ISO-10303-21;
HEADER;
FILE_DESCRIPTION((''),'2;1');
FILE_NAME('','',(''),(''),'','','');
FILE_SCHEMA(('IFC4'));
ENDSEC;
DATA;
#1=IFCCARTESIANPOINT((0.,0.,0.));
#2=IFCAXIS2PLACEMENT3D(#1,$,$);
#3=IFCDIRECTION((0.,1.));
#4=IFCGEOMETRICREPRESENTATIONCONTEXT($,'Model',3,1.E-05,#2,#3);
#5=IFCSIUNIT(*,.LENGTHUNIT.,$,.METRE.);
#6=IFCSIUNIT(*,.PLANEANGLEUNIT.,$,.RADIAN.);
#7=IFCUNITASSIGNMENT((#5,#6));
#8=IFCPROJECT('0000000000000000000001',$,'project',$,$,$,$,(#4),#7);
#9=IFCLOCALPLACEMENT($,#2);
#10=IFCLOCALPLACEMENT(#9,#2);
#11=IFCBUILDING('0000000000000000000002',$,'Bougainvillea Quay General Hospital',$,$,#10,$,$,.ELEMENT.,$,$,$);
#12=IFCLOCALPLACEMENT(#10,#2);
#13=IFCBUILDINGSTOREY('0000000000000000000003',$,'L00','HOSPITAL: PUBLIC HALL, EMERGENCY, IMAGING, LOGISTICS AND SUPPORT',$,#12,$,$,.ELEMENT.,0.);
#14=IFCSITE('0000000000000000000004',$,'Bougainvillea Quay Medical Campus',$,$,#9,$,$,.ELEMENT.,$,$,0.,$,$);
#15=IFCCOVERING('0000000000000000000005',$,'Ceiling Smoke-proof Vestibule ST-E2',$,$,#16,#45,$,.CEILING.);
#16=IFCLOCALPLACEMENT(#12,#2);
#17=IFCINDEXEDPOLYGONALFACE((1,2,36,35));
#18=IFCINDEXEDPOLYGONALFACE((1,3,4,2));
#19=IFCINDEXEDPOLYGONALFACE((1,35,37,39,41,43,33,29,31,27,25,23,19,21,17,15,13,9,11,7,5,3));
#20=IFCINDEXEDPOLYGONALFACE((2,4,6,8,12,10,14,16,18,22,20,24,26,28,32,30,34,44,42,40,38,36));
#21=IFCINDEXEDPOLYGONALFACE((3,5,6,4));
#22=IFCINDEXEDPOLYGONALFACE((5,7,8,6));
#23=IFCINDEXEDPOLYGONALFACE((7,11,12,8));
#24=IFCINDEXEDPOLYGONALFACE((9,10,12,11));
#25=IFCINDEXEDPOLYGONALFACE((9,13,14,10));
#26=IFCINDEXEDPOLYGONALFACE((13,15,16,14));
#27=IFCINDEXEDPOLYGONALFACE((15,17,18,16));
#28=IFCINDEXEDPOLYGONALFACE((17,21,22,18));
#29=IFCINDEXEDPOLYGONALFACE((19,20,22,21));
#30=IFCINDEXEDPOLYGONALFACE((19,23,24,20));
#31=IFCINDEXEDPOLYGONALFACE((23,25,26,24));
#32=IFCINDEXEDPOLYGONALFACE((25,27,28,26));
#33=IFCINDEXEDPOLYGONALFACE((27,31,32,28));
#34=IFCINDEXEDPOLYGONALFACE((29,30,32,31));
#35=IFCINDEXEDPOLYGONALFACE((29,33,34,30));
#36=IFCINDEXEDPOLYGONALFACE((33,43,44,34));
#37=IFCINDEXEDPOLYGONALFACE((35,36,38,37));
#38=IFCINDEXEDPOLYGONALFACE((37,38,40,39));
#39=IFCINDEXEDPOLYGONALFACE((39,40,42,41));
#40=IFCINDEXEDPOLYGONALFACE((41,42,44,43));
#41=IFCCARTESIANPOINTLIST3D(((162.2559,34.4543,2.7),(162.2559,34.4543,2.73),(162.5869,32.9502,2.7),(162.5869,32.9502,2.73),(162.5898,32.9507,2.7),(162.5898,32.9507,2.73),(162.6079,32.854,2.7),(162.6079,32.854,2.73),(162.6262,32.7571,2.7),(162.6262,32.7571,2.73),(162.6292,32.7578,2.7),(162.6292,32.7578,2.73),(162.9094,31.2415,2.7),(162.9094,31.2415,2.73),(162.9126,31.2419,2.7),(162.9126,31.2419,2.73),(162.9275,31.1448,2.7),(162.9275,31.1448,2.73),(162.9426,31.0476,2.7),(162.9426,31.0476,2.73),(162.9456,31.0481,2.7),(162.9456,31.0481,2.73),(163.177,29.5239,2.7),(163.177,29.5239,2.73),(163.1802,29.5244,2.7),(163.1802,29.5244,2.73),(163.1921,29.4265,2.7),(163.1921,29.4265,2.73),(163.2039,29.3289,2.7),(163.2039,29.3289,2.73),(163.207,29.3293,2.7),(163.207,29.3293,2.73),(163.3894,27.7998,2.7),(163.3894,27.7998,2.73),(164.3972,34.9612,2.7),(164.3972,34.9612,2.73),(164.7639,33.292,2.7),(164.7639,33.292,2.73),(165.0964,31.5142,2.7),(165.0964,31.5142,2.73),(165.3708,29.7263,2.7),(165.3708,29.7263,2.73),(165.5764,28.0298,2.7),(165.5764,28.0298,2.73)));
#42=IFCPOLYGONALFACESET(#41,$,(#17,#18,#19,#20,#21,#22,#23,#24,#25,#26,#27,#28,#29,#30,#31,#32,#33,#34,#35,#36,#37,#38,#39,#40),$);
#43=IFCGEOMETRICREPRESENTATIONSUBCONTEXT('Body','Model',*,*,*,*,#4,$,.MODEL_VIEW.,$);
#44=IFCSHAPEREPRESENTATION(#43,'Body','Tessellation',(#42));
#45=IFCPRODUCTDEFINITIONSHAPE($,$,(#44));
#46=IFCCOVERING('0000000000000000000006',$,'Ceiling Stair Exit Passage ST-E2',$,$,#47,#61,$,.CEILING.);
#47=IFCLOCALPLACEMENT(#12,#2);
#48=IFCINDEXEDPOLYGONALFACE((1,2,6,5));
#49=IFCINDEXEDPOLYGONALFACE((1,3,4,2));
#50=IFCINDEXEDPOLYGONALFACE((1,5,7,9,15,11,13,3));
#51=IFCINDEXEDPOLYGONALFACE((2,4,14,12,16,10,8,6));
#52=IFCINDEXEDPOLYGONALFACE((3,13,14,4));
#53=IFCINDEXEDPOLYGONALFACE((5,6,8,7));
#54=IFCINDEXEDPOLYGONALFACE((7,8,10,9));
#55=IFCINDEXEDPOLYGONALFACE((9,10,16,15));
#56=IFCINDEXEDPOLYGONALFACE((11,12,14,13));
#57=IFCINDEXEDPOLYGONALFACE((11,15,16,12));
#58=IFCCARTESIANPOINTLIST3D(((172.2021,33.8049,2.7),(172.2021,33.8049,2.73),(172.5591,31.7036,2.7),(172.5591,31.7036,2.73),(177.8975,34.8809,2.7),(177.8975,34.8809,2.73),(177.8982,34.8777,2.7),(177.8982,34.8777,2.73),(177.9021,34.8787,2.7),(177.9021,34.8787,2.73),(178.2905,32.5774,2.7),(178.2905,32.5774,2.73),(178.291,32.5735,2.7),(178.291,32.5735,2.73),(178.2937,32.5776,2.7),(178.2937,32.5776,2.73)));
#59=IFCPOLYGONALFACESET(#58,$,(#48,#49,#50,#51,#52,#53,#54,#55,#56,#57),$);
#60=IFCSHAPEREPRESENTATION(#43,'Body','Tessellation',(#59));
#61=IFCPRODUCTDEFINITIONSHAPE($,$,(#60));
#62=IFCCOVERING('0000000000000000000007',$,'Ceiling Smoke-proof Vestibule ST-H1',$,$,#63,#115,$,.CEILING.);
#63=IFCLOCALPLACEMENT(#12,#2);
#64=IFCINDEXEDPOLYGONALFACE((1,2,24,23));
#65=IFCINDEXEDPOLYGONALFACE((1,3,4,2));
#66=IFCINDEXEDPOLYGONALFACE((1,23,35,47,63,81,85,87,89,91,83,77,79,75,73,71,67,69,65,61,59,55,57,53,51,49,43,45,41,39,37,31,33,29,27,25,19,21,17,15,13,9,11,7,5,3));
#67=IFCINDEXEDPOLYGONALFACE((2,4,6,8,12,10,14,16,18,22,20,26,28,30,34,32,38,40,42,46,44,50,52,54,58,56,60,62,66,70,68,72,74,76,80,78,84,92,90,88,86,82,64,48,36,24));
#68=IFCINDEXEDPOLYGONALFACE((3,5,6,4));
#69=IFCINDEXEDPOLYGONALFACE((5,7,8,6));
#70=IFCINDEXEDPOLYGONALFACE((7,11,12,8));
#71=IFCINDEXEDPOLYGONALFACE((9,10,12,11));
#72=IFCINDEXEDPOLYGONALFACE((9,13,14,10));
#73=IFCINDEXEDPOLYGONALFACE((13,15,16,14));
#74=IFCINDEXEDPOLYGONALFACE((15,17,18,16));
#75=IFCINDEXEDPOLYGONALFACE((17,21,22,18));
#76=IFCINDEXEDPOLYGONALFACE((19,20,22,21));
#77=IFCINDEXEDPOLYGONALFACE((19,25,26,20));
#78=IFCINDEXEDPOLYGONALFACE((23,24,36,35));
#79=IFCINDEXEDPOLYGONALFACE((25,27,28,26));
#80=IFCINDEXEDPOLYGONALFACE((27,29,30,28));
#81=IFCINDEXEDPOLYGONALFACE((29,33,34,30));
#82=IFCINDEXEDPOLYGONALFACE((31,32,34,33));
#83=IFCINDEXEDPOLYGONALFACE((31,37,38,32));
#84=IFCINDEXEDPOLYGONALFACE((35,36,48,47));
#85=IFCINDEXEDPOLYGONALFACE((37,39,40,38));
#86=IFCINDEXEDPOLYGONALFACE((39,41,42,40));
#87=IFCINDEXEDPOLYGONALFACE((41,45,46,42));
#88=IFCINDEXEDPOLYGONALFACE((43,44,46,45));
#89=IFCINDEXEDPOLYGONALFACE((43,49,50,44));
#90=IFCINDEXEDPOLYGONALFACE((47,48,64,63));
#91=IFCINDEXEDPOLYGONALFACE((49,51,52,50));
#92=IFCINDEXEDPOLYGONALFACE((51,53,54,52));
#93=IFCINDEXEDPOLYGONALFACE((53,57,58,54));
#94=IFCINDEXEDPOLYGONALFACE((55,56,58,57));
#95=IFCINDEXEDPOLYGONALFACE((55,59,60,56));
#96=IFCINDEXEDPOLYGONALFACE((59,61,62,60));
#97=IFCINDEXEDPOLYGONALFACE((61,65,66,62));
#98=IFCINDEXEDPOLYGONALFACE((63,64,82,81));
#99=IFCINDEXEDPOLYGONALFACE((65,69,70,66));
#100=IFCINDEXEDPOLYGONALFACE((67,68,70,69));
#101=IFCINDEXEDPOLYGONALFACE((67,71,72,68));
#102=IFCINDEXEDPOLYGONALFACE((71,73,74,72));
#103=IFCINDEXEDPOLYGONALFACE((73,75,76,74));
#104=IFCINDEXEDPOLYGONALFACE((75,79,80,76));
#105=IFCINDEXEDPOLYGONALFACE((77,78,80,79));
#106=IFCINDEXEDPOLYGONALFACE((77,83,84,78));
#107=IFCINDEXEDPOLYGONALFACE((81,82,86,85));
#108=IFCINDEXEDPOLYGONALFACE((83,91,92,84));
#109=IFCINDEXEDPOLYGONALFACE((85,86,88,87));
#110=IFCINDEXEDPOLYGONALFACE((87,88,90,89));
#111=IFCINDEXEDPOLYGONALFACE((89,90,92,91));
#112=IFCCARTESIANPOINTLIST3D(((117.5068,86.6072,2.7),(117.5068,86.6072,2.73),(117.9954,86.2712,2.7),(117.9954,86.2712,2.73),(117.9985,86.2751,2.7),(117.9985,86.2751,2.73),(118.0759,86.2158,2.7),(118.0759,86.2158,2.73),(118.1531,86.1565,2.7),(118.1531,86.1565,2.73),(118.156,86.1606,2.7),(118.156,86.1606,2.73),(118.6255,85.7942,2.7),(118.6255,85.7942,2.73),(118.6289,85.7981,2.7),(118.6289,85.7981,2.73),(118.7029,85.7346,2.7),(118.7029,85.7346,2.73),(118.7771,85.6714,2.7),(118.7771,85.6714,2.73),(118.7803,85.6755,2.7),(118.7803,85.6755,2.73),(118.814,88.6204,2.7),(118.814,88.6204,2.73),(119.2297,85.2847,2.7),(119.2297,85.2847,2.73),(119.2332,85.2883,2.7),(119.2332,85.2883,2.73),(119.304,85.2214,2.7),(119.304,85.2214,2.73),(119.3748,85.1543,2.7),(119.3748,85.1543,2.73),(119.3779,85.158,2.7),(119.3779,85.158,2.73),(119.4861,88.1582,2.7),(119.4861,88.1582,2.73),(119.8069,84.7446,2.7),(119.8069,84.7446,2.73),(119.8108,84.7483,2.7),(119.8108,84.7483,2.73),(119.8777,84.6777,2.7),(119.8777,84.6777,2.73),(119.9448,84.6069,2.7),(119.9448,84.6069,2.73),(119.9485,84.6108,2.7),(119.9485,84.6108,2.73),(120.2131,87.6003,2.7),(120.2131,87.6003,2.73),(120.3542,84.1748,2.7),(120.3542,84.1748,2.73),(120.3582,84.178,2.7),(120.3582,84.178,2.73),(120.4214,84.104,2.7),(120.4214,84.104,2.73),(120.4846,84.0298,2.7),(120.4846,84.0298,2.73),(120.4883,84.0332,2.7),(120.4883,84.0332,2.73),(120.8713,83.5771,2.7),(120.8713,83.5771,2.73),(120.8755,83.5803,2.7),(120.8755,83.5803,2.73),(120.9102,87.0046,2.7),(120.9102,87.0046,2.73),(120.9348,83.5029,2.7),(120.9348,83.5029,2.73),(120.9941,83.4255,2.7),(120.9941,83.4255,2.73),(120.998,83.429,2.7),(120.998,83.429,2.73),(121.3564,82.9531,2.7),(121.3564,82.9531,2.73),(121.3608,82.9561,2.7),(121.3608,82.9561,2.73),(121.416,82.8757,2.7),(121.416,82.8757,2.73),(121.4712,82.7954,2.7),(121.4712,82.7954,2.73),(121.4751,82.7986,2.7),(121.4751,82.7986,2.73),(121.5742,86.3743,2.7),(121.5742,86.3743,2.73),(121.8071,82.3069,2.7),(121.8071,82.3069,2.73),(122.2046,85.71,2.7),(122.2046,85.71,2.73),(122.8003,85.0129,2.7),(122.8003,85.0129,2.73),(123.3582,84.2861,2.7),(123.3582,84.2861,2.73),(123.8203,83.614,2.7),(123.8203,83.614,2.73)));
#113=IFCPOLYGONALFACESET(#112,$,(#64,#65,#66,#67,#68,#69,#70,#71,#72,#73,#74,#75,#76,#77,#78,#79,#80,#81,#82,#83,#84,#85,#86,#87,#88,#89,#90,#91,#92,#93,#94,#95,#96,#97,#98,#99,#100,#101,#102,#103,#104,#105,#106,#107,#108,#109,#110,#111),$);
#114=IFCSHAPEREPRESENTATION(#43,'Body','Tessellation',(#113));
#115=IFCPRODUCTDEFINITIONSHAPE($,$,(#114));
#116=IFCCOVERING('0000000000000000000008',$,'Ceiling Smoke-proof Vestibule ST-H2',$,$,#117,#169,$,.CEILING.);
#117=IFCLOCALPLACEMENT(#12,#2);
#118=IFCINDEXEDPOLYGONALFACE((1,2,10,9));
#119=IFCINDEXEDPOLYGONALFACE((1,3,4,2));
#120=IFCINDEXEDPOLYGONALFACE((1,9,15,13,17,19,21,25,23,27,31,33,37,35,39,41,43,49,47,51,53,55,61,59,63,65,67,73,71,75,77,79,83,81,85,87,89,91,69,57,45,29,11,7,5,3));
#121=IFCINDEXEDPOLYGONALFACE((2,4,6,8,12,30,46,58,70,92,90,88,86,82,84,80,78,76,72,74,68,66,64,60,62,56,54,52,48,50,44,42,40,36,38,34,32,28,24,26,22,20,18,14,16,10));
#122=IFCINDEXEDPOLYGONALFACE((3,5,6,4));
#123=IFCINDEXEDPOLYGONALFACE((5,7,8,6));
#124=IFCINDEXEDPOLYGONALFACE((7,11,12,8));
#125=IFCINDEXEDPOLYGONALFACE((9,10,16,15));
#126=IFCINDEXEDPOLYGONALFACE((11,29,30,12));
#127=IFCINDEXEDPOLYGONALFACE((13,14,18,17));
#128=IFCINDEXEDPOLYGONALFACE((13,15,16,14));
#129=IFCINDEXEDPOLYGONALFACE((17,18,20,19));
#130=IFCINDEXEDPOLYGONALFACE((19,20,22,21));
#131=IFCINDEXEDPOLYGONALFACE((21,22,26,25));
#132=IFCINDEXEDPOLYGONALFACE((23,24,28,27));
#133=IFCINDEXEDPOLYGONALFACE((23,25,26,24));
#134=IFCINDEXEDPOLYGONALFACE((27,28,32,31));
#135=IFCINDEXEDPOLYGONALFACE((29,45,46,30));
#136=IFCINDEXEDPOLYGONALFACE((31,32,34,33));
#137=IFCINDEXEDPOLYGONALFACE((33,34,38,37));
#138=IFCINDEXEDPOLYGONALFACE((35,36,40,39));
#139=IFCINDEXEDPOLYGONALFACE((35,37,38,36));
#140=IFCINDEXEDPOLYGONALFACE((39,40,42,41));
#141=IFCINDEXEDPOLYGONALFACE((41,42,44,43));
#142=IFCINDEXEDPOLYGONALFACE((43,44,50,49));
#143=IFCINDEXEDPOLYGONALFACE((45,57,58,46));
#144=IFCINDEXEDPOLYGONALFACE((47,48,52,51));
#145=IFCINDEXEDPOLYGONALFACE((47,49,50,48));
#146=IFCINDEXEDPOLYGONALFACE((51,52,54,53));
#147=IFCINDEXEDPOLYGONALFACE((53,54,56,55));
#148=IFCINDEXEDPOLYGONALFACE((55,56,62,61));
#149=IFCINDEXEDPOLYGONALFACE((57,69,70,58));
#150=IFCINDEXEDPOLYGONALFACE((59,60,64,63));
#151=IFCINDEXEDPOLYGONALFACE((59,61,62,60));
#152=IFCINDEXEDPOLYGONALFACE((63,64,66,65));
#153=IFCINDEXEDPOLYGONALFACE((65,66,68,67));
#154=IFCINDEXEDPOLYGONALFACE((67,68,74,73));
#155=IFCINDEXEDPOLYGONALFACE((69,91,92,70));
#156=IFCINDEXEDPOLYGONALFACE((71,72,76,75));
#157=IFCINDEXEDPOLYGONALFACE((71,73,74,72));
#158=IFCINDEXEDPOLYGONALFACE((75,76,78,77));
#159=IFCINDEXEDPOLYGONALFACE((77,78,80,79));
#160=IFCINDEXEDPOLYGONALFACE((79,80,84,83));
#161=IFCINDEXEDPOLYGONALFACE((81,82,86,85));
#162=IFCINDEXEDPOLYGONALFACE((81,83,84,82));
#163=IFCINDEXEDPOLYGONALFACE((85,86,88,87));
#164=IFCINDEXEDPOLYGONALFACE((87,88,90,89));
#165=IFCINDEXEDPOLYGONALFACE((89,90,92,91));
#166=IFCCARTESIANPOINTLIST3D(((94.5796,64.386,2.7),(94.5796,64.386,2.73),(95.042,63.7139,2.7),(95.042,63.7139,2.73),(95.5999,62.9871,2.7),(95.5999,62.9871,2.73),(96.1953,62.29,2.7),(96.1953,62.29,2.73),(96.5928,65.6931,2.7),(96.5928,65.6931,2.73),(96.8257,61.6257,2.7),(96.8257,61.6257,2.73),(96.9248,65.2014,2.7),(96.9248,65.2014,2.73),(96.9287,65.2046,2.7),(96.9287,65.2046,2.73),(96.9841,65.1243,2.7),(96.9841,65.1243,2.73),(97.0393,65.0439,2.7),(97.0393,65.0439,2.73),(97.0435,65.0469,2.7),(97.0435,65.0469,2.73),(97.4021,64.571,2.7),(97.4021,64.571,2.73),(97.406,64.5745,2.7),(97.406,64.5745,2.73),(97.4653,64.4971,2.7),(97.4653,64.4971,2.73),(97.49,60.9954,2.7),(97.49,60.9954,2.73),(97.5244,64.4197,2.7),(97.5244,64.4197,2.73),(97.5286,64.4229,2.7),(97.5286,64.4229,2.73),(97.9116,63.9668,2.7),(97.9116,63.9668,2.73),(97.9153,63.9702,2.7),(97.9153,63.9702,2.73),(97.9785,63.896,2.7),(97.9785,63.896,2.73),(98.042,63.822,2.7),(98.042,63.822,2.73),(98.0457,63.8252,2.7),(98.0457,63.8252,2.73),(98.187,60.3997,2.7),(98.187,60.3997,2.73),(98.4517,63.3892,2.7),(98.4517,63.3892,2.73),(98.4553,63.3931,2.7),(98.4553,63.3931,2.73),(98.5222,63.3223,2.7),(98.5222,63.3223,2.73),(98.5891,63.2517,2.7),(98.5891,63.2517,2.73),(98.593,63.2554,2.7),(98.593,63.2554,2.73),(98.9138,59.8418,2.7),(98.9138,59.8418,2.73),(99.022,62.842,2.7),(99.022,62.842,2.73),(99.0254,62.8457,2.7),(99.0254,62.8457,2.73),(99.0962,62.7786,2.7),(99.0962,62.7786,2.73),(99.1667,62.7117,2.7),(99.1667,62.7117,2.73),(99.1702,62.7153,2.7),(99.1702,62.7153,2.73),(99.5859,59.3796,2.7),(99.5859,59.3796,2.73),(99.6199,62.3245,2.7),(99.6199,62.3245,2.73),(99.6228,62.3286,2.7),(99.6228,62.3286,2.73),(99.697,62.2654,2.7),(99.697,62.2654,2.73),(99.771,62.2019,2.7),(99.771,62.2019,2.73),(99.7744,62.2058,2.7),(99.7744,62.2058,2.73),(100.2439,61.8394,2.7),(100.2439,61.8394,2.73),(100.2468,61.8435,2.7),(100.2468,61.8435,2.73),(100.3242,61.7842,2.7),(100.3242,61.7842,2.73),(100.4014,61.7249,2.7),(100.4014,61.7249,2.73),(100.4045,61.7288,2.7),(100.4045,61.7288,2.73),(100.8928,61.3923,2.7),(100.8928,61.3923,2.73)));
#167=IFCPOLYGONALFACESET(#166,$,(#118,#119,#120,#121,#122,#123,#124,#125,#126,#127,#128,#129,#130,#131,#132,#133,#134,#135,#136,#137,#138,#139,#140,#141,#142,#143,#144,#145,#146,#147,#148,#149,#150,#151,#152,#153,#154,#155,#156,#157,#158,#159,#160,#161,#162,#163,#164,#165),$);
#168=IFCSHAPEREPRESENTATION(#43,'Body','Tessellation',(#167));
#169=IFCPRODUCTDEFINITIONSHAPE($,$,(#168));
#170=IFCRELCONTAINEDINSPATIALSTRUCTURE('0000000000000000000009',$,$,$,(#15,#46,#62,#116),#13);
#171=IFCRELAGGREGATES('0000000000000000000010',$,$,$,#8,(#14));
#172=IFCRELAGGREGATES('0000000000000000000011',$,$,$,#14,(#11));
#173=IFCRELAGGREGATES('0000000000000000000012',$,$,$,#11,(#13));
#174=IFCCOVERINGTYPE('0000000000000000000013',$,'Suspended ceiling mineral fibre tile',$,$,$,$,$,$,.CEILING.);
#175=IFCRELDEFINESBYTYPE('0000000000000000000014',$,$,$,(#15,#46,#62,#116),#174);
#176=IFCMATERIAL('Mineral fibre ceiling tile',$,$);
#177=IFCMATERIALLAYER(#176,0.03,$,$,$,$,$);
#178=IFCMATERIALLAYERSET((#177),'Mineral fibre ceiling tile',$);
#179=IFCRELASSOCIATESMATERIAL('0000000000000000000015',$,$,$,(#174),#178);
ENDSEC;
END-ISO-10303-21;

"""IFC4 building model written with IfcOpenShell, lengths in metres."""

from ifc_helpers import new_model, si_unit, direction, frame, origin, place, context, subcontext, project, spatial, polyline, outline, extrude, material, layer, layer_set, type_object, element, save


model = new_model("IFC4")

# Units and contexts
model_context = context("Model", 3, precision=1e-05, world=origin(), true_north=direction((0.0, 1.0)))
body_context = subcontext(model_context, "Body", "Model", "MODEL_VIEW")
ifc_project = project(units=[si_unit("LENGTHUNIT", "METRE"), si_unit("PLANEANGLEUNIT", "RADIAN")], contexts=[model_context])

# Site, building, storey
site_placement = place(None, origin())
site = spatial("IfcSite", under=ifc_project, at=site_placement, Name="Bougainvillea Quay Medical Campus", CompositionType="ELEMENT", RefElevation=0.0)
building_placement = place(site_placement, origin())
building = spatial("IfcBuilding", under=site, at=building_placement, Name="Bougainvillea Quay General Hospital", CompositionType="ELEMENT")
storey_placement = place(building_placement, origin())
storey = spatial("IfcBuildingStorey", under=building, at=storey_placement, Name="L00", Description="HOSPITAL: PUBLIC HALL, EMERGENCY, IMAGING, LOGISTICS AND SUPPORT", CompositionType="ELEMENT", Elevation=0.0)

# Coverings
ifc_material = material(Name="Mineral fibre ceiling tile")
ifc_layer = layer(ifc_material, 0.03)
ifc_layer_set = layer_set([ifc_layer], Name="Mineral fibre ceiling tile")
covering_type = type_object("IfcCoveringType", Name="Suspended ceiling mineral fibre tile", PredefinedType="CEILING", material=ifc_layer_set)
covering_1_placement = place(storey_placement, frame((0.0, 0.0, 2.7)))
element("IfcCovering", 1, at=covering_1_placement, inside=storey, type_object=covering_type, Name="Ceiling Smoke-proof Vestibule ST-E2", PredefinedType="CEILING", context=body_context, shape_type="SweptSolid", body=[
    extrude(outline(polyline([(165.5764, 28.0298), (165.3708, 29.7263), (165.0964, 31.5142), (164.7639, 33.292), (164.3972, 34.9612), (162.2559, 34.4543), (162.5869, 32.9502), (162.5898, 32.9507), (162.6079, 32.854), (162.6292, 32.7578), (162.6262, 32.7571), (162.9094, 31.2415), (162.9126, 31.2419), (162.9275, 31.1448), (162.9456, 31.0481), (162.9426, 31.0476), (163.177, 29.5239), (163.1802, 29.5244), (163.1921, 29.4265), (163.207, 29.3293), (163.2039, 29.3289), (163.3894, 27.7998), (165.5764, 28.0298)])), origin(), (0.0, 0.0, 1.0), 0.03),
])
covering_2_placement = place(storey_placement, frame((0.0, 0.0, 2.7)))
element("IfcCovering", 2, at=covering_2_placement, inside=storey, type_object=covering_type, Name="Ceiling Stair Exit Passage ST-E2", PredefinedType="CEILING", context=body_context, shape_type="SweptSolid", body=[
    extrude(outline(polyline([(177.8982, 34.8777), (177.8975, 34.8809), (172.2021, 33.8049), (172.5591, 31.7036), (178.291, 32.5735), (178.2905, 32.5774), (178.2937, 32.5776), (177.9021, 34.8787), (177.8982, 34.8777)])), origin(), (0.0, 0.0, 1.0), 0.03),
])
covering_3_placement = place(storey_placement, frame((0.0, 0.0, 2.7)))
element("IfcCovering", 3, at=covering_3_placement, inside=storey, type_object=covering_type, Name="Ceiling Smoke-proof Vestibule ST-H1", PredefinedType="CEILING", context=body_context, shape_type="SweptSolid", body=[
    extrude(outline(polyline([(117.9985, 86.2751), (118.0759, 86.2158), (118.156, 86.1606), (118.1531, 86.1565), (118.6255, 85.7942), (118.6289, 85.7981), (118.7029, 85.7346), (118.7803, 85.6755), (118.7771, 85.6714), (119.2297, 85.2847), (119.2332, 85.2883), (119.304, 85.2214), (119.3779, 85.158), (119.3748, 85.1543), (119.8069, 84.7446), (119.8108, 84.7483), (119.8777, 84.6777), (119.9485, 84.6108), (119.9448, 84.6069), (120.3542, 84.1748), (120.3582, 84.178), (120.4214, 84.104), (120.4883, 84.0332), (120.4846, 84.0298), (120.8713, 83.5771), (120.8755, 83.5803), (120.9348, 83.5029), (120.998, 83.429), (120.9941, 83.4255), (121.3564, 82.9531), (121.3608, 82.9561), (121.416, 82.8757), (121.4751, 82.7986), (121.4712, 82.7954), (121.8071, 82.3069), (123.8203, 83.614), (123.3582, 84.2861), (122.8003, 85.0129), (122.2046, 85.71), (121.5742, 86.3743), (120.9102, 87.0046), (120.2131, 87.6003), (119.4861, 88.1582), (118.814, 88.6204), (117.5068, 86.6072), (117.9954, 86.2712), (117.9985, 86.2751)])), origin(), (0.0, 0.0, 1.0), 0.03),
])
covering_4_placement = place(storey_placement, frame((0.0, 0.0, 2.7)))
element("IfcCovering", 4, at=covering_4_placement, inside=storey, type_object=covering_type, Name="Ceiling Smoke-proof Vestibule ST-H2", PredefinedType="CEILING", context=body_context, shape_type="SweptSolid", body=[
    extrude(outline(polyline([(100.4014, 61.7249), (100.3242, 61.7842), (100.2439, 61.8394), (100.2468, 61.8435), (99.7744, 62.2058), (99.771, 62.2019), (99.697, 62.2654), (99.6199, 62.3245), (99.6228, 62.3286), (99.1702, 62.7153), (99.1667, 62.7117), (99.0962, 62.7786), (99.022, 62.842), (99.0254, 62.8457), (98.593, 63.2554), (98.5891, 63.2517), (98.5222, 63.3223), (98.4517, 63.3892), (98.4553, 63.3931), (98.0457, 63.8252), (98.042, 63.822), (97.9785, 63.896), (97.9116, 63.9668), (97.9153, 63.9702), (97.5286, 64.4229), (97.5244, 64.4197), (97.4653, 64.4971), (97.4021, 64.571), (97.406, 64.5745), (97.0435, 65.0469), (97.0393, 65.0439), (96.9841, 65.1243), (96.9248, 65.2014), (96.9287, 65.2046), (96.5928, 65.6931), (94.5796, 64.386), (95.042, 63.7139), (95.5999, 62.9871), (96.1953, 62.29), (96.8257, 61.6257), (97.49, 60.9954), (98.187, 60.3997), (98.9138, 59.8418), (99.5859, 59.3796), (100.8928, 61.3923), (100.4045, 61.7288), (100.4014, 61.7249)])), origin(), (0.0, 0.0, 1.0), 0.03),
])

save(model, "model.ifc")
